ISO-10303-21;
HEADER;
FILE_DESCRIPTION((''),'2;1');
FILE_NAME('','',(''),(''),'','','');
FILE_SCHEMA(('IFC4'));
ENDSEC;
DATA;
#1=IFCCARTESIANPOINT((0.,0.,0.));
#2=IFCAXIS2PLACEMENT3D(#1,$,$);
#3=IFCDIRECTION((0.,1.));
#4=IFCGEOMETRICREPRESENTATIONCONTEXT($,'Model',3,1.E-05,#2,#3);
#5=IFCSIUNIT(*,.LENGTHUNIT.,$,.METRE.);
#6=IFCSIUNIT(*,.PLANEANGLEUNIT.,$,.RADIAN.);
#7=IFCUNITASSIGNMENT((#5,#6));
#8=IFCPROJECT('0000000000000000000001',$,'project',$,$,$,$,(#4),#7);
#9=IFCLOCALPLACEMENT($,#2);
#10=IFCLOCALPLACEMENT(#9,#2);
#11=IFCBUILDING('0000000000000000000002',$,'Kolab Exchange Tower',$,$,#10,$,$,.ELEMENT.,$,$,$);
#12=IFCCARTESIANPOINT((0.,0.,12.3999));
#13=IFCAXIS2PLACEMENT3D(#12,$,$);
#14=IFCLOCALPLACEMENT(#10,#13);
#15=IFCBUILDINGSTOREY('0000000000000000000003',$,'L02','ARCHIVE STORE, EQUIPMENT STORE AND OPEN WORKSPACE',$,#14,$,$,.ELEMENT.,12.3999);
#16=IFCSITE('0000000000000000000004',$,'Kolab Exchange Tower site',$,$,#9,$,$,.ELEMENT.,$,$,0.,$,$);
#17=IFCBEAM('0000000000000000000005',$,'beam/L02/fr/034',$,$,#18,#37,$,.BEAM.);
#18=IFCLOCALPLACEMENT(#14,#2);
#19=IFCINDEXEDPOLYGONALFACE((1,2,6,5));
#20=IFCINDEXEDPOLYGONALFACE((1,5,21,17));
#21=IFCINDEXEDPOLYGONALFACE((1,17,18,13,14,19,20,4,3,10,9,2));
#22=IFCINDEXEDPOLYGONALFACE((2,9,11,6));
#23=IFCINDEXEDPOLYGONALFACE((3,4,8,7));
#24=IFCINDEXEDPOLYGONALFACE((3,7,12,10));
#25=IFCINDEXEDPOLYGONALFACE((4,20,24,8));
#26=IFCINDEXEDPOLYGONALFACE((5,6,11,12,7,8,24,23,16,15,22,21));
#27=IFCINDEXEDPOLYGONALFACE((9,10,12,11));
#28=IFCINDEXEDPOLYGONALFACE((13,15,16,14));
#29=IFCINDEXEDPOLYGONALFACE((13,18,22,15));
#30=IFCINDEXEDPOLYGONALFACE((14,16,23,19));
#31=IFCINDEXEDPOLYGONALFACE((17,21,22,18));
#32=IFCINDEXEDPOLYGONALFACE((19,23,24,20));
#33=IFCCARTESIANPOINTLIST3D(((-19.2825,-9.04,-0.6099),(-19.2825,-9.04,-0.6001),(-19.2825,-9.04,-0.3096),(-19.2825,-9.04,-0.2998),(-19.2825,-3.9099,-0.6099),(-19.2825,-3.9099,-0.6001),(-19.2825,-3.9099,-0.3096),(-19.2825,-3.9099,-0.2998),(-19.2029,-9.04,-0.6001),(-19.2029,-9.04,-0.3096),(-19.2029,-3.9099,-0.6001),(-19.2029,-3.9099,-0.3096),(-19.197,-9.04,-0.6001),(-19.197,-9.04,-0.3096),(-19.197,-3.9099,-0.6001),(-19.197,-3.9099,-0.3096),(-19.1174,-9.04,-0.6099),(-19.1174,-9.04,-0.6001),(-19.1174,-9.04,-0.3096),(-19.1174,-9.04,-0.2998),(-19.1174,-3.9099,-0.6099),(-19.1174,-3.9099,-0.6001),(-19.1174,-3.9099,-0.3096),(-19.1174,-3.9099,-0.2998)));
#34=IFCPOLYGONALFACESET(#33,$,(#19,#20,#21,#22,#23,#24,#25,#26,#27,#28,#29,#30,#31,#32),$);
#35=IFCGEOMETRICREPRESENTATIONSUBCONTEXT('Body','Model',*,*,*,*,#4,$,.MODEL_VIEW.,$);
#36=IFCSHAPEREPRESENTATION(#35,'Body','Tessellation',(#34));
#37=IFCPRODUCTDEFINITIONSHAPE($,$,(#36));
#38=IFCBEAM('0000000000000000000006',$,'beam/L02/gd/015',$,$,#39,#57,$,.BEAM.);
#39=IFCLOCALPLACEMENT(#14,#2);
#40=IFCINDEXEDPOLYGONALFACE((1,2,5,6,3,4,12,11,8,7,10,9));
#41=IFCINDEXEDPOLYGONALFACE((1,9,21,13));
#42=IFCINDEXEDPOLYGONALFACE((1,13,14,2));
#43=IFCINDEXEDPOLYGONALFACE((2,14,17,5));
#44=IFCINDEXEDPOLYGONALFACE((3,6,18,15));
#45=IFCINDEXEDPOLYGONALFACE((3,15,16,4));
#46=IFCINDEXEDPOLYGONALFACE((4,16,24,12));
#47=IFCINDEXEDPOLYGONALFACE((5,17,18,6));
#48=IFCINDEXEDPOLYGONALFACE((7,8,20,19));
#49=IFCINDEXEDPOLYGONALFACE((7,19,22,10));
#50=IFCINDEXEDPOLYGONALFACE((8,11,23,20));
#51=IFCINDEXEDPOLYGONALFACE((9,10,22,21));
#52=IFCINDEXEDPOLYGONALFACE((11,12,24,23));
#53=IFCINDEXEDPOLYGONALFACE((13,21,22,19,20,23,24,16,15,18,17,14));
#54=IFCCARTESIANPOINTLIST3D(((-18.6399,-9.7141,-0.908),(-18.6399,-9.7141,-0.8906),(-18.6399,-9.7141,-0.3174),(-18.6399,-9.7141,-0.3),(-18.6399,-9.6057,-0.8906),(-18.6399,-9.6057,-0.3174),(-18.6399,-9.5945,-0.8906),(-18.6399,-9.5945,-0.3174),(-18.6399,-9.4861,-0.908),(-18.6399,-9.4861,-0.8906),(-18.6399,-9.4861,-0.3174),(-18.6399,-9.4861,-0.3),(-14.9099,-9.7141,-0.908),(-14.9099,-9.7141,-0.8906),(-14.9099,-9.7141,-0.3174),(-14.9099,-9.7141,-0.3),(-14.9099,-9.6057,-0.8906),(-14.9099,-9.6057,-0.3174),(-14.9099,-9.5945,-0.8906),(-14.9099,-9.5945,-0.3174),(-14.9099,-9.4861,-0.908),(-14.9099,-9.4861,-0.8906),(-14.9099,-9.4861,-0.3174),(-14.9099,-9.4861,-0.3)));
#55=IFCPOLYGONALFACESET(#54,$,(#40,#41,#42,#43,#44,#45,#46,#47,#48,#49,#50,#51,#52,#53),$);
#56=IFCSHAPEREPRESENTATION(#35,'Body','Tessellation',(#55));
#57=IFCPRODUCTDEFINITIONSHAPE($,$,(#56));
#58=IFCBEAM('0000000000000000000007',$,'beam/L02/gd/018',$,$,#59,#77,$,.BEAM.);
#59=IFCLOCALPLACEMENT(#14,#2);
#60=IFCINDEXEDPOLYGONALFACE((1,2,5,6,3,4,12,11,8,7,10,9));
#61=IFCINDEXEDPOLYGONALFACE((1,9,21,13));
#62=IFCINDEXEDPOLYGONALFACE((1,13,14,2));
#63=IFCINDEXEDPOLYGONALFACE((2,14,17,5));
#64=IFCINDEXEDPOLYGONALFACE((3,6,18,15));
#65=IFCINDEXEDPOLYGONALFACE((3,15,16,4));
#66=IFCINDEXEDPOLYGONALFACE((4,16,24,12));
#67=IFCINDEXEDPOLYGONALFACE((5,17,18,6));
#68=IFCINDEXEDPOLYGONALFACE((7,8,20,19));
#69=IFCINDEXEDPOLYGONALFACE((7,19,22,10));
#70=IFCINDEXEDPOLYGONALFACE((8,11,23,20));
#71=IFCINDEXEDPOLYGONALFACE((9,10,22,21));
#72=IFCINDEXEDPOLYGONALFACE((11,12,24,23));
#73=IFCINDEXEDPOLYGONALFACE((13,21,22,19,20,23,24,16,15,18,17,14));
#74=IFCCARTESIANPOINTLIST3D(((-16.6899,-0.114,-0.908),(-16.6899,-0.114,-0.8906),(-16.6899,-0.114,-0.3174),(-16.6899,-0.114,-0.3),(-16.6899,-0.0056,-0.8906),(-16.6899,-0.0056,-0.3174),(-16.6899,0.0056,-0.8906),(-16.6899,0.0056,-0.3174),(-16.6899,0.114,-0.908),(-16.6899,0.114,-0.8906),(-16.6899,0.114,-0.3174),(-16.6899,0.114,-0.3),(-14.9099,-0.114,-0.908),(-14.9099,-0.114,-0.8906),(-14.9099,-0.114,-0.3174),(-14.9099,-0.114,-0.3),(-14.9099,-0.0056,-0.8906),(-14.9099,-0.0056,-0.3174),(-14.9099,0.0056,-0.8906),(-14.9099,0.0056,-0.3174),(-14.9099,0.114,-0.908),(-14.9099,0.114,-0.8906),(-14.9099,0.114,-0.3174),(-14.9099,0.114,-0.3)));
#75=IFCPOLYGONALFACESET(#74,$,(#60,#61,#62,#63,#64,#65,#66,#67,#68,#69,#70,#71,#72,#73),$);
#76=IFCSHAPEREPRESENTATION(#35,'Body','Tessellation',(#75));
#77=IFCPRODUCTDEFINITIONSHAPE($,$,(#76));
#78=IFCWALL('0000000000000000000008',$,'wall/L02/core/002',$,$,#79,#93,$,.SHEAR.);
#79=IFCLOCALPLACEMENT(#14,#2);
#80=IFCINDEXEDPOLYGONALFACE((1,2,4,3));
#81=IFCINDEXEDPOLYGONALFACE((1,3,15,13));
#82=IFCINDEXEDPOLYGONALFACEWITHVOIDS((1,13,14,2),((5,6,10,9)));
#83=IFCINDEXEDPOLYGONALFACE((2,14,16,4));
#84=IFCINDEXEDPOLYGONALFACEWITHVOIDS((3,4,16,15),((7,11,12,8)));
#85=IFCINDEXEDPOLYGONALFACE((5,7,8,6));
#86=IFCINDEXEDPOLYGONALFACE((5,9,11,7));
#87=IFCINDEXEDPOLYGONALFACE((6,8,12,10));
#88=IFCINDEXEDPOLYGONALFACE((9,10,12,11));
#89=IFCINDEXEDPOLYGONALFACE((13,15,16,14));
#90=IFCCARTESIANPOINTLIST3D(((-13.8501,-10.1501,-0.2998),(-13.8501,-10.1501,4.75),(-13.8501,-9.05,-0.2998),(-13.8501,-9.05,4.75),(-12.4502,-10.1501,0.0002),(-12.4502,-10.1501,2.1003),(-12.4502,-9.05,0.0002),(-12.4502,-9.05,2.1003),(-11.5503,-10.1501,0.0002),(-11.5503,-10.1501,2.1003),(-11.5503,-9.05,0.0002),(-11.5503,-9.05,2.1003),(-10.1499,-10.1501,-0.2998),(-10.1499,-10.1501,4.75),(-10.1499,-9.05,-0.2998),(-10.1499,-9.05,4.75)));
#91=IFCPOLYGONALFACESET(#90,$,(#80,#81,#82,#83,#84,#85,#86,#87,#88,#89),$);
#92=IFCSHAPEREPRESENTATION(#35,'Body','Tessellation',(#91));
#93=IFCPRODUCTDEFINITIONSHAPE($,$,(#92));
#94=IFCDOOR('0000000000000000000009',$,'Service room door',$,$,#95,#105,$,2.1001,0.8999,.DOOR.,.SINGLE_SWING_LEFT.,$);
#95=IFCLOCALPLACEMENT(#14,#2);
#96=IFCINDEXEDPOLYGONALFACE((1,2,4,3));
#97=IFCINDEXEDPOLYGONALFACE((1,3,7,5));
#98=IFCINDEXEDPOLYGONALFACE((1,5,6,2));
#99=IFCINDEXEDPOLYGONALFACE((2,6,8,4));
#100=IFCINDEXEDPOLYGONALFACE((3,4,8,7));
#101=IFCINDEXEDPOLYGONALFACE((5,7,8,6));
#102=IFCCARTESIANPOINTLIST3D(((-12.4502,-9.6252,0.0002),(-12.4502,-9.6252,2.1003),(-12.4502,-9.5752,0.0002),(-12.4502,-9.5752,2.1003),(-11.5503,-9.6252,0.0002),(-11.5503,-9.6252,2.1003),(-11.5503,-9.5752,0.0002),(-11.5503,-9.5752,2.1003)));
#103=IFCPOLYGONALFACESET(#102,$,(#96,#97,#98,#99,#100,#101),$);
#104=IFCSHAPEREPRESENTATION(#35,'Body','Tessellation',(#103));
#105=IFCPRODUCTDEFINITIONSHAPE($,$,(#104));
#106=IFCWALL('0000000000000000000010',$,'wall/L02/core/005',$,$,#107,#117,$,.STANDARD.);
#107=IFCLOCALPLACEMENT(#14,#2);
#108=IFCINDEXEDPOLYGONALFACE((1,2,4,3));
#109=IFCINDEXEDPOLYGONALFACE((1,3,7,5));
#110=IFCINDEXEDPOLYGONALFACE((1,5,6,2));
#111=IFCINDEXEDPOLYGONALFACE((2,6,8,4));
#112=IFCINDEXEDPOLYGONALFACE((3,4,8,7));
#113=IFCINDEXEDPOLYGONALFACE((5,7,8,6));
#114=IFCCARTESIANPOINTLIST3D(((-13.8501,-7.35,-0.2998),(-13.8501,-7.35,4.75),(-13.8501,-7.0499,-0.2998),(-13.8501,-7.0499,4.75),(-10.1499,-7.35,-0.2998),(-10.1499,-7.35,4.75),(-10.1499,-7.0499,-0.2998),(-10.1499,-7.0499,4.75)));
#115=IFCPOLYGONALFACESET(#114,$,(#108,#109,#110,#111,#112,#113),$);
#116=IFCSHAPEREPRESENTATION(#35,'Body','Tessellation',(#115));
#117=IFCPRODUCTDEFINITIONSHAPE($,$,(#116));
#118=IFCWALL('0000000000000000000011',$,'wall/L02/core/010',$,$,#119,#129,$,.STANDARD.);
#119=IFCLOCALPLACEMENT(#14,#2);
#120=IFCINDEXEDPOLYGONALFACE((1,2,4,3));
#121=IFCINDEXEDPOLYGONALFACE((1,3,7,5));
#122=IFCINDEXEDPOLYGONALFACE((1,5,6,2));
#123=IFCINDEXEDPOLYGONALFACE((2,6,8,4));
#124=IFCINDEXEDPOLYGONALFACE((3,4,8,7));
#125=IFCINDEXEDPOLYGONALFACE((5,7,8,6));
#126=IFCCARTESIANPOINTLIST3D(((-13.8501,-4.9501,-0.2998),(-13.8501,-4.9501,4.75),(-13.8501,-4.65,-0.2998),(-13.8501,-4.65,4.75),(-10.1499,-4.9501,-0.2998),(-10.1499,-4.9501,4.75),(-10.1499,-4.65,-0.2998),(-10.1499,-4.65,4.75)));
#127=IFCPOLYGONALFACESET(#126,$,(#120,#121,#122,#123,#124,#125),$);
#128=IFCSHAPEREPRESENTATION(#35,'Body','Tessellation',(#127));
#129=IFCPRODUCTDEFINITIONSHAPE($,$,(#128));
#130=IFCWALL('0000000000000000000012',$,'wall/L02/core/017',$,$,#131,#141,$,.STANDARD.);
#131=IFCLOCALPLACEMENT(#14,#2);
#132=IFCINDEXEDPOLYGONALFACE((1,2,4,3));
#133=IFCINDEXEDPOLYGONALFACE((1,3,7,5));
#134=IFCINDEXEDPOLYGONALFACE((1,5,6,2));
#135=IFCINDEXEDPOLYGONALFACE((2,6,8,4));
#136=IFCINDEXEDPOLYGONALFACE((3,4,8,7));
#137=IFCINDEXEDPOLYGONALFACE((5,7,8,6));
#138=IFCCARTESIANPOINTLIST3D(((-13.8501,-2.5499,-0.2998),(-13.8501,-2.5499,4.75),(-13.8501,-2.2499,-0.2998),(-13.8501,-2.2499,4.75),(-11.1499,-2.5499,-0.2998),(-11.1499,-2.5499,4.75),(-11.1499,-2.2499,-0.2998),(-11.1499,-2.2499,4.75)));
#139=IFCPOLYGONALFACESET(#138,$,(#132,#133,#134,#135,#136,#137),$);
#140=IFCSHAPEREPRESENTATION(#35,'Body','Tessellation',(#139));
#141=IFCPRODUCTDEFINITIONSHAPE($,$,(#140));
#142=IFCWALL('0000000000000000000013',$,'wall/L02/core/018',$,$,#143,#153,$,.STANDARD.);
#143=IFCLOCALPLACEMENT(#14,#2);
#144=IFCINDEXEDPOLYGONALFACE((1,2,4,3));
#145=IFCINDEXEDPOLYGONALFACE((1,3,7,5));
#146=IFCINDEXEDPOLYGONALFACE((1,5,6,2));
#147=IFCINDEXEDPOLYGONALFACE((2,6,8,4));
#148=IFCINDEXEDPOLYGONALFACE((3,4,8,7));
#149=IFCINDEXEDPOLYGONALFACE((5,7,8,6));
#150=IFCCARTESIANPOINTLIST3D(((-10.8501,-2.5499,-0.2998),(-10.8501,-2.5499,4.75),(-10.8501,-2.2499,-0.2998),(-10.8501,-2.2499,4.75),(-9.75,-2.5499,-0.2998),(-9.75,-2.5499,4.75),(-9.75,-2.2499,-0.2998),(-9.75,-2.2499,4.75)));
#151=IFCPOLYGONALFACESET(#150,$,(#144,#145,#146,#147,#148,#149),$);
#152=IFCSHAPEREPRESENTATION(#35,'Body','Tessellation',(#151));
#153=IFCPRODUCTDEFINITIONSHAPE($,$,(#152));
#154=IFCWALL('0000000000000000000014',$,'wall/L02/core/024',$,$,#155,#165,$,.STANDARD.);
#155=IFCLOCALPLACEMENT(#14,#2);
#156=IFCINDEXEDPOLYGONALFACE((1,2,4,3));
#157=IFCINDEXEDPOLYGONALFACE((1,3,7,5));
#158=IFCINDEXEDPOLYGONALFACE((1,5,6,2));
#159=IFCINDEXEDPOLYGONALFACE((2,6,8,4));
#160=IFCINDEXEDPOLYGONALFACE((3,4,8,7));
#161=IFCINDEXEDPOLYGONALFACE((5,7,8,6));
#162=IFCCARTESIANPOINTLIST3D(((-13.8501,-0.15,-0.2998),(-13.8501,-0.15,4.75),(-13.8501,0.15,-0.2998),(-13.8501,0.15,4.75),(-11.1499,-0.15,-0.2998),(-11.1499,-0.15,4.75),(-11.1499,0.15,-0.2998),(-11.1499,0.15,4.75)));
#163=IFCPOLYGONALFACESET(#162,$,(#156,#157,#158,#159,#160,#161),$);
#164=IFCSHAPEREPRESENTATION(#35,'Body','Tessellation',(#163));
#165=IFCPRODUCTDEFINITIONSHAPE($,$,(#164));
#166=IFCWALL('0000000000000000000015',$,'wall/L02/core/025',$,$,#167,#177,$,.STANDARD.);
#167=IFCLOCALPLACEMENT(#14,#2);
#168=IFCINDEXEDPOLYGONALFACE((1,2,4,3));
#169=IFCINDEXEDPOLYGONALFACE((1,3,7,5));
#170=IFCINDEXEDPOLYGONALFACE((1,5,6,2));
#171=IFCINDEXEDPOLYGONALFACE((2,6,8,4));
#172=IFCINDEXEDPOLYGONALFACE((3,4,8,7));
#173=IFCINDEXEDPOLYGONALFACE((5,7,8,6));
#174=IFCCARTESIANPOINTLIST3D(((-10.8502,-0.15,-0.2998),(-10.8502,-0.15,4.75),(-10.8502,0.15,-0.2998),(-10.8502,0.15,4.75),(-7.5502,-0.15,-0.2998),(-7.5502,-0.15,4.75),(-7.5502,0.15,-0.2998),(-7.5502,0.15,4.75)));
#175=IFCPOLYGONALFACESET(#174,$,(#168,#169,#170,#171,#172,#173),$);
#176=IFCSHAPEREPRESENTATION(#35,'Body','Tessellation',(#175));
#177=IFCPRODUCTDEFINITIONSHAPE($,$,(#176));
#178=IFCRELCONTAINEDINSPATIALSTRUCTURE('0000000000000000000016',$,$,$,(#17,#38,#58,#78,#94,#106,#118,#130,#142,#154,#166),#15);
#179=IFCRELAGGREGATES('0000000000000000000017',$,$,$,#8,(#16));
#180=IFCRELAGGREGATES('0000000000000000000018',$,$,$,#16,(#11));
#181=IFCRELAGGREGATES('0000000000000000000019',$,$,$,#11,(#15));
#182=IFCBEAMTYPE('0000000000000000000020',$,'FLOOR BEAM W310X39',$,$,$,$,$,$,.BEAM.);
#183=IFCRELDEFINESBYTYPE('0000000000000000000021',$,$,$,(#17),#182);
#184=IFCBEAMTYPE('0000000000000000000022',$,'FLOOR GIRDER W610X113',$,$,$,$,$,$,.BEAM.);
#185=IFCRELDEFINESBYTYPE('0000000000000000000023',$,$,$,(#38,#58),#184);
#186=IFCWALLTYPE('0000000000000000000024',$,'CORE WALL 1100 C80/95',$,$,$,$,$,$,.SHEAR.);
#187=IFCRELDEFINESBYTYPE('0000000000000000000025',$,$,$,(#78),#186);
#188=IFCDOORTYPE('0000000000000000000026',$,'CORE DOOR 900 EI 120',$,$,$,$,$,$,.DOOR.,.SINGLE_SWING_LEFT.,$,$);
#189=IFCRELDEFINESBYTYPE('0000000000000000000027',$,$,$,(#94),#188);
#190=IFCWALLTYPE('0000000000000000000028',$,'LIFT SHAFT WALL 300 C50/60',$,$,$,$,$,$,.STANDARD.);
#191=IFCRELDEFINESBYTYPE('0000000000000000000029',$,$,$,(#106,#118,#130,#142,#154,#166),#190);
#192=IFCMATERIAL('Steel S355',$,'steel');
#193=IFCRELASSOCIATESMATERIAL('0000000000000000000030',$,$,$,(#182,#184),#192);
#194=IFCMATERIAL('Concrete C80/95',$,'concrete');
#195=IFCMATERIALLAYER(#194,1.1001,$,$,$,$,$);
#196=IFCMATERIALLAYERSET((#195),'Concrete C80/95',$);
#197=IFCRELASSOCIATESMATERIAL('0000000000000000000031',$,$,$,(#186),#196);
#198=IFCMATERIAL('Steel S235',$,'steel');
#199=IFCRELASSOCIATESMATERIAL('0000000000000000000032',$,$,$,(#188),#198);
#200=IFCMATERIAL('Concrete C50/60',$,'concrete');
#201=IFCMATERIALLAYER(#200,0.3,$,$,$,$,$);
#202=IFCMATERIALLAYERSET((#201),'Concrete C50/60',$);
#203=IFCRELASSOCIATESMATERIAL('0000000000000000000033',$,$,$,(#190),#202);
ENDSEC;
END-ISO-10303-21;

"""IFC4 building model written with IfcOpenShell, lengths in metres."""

from ifc_helpers import new_model, si_unit, direction, frame, frame_2d, origin, origin_2d, place, context, subcontext, project, spatial, rectangle, i_section, extrude, material, layer, layer_set, material_profile, profile_set, type_object, element, fill, save


model = new_model("IFC4")

# Units and contexts
model_context = context("Model", 3, precision=1e-05, world=origin(), true_north=direction((0.0, 1.0)))
body_context = subcontext(model_context, "Body", "Model", "MODEL_VIEW")
ifc_project = project(units=[si_unit("LENGTHUNIT", "METRE"), si_unit("PLANEANGLEUNIT", "RADIAN")], contexts=[model_context])

# Site, building, storey
site_placement = place(None, origin())
site = spatial("IfcSite", under=ifc_project, at=site_placement, Name="Kolab Exchange Tower site", CompositionType="ELEMENT", RefElevation=0.0)
building_placement = place(site_placement, origin())
building = spatial("IfcBuilding", under=site, at=building_placement, Name="Kolab Exchange Tower", CompositionType="ELEMENT")
storey_placement = place(building_placement, frame((0.0, 0.0, 12.3999)))
storey = spatial("IfcBuildingStorey", under=building, at=storey_placement, Name="L02", Description="ARCHIVE STORE, EQUIPMENT STORE AND OPEN WORKSPACE", CompositionType="ELEMENT", Elevation=12.3999)

# Beams
ifc_material_1 = material(Name="Steel S355", Category="steel")
ifc_material_profile_1 = material_profile(ifc_material_1, i_section(OverallWidth=0.165, OverallDepth=0.3101, WebThickness=0.0059, FlangeThickness=0.0098, at=origin_2d()), Name="W310X39")
ifc_profile_set_1 = profile_set([ifc_material_profile_1], Name="Steel S355")
beam_type_1 = type_object("IfcBeamType", Name="FLOOR BEAM W310X39", PredefinedType="BEAM", material=ifc_profile_set_1)
beam_1_placement = place(storey_placement, frame((-19.2, -9.04, -0.4548), z_axis=(0.0, 1.0, 0.0), x_axis=(-1.0, 0.0, 0.0)))
element("IfcBeam", 1, at=beam_1_placement, inside=storey, type_object=beam_type_1, Name="beam/L02/fr/034", PredefinedType="BEAM", context=body_context, shape_type="SweptSolid", body=[
    extrude(i_section(OverallWidth=0.165, OverallDepth=0.3101, WebThickness=0.0059, FlangeThickness=0.0098, at=origin_2d()), origin(), (0.0, 0.0, 1.0), 5.1301),
])
ifc_material_profile_2 = material_profile(ifc_material_1, i_section(OverallWidth=0.228, OverallDepth=0.6079, WebThickness=0.0112, FlangeThickness=0.0173, at=origin_2d()), Name="W610X113")
ifc_profile_set_2 = profile_set([ifc_material_profile_2], Name="Steel S355")
beam_type_2 = type_object("IfcBeamType", Name="FLOOR GIRDER W610X113", PredefinedType="BEAM", material=ifc_profile_set_2)
beam_2_placement = place(storey_placement, frame((-18.6399, -9.6001, -0.604), z_axis=(1.0, 0.0, 0.0), x_axis=(0.0, 1.0, 0.0)))
element("IfcBeam", 2, at=beam_2_placement, inside=storey, type_object=beam_type_2, Name="beam/L02/gd/015", PredefinedType="BEAM", context=body_context, shape_type="SweptSolid", body=[
    extrude(i_section(OverallWidth=0.228, OverallDepth=0.6079, WebThickness=0.0112, FlangeThickness=0.0173, at=origin_2d()), origin(), (0.0, 0.0, 1.0), 3.73),
])
beam_3_placement = place(storey_placement, frame((-16.6899, 0.0, -0.604), z_axis=(1.0, 0.0, 0.0), x_axis=(0.0, 1.0, 0.0)))
element("IfcBeam", 3, at=beam_3_placement, inside=storey, type_object=beam_type_2, Name="beam/L02/gd/018", PredefinedType="BEAM", context=body_context, shape_type="SweptSolid", body=[
    extrude(i_section(OverallWidth=0.228, OverallDepth=0.6079, WebThickness=0.0112, FlangeThickness=0.0173, at=origin_2d()), origin(), (0.0, 0.0, 1.0), 1.78),
])

# Wall, opening, door
ifc_material_2 = material(Name="Concrete C80/95", Category="concrete")
ifc_layer_1 = layer(ifc_material_2, 1.1001)
ifc_layer_set_1 = layer_set([ifc_layer_1], Name="Concrete C80/95")
wall_type_1 = type_object("IfcWallType", Name="CORE WALL 1100 C80/95", PredefinedType="SHEAR", material=ifc_layer_set_1)
wall_1_placement = place(storey_placement, frame((-13.8501, -9.6001, -0.2998), z_axis=(0.0, 0.0, 1.0), x_axis=(1.0, 0.0, 0.0)))
wall_1 = element("IfcWall", 4, at=wall_1_placement, inside=storey, type_object=wall_type_1, Name="wall/L02/core/002", PredefinedType="SHEAR", context=body_context, shape_type="SweptSolid", body=[
    extrude(rectangle(XDim=3.7002, YDim=1.1001, at=frame_2d((1.8501, 0.0))), origin(), (0.0, 0.0, 1.0), 5.0498),
])
opening_1_placement = place(wall_1_placement, frame((1.3999, 0.0, 0.3)))
opening_1 = element("IfcOpeningElement", 5, at=opening_1_placement, cuts=wall_1, PredefinedType="OPENING", context=body_context, shape_type="SweptSolid", body=[
    extrude(rectangle(XDim=0.8999, YDim=2.1001, at=frame_2d((0.45, 1.05))), frame((0.0, 0.5601, 0.0), z_axis=(0.0, -1.0, 0.0), x_axis=(1.0, 0.0, 0.0)), (0.0, 0.0, 1.0), 1.1201),
])
ifc_material_3 = material(Name="Steel S235", Category="steel")
door_type_1 = type_object("IfcDoorType", Name="CORE DOOR 900 EI 120", OperationType="SINGLE_SWING_LEFT", PredefinedType="DOOR", material=ifc_material_3)
door_1_placement = place(opening_1_placement, origin())
door_1 = element("IfcDoor", 6, at=door_1_placement, inside=storey, type_object=door_type_1, Name="Service room door", OperationType="SINGLE_SWING_LEFT", OverallHeight=2.1001, OverallWidth=0.8999, PredefinedType="DOOR", context=body_context, shape_type="SweptSolid", body=[
    extrude(rectangle(XDim=0.8999, YDim=2.1001, at=frame_2d((0.45, 1.05))), frame((0.0, 0.0249, 0.0), z_axis=(0.0, -1.0, 0.0), x_axis=(1.0, 0.0, 0.0)), (0.0, 0.0, 1.0), 0.05),
])
fill(opening_1, door_1)

# Walls
ifc_material_4 = material(Name="Concrete C50/60", Category="concrete")
ifc_layer_2 = layer(ifc_material_4, 0.3)
ifc_layer_set_2 = layer_set([ifc_layer_2], Name="Concrete C50/60")
wall_type_2 = type_object("IfcWallType", Name="LIFT SHAFT WALL 300 C50/60", PredefinedType="STANDARD", material=ifc_layer_set_2)
for number, where, z_axis, x_axis, name in (
    (7, (-13.8501, -7.2, -0.2998), (0.0, 0.0, 1.0), (1.0, 0.0, 0.0), "wall/L02/core/005"),
    (8, (-13.8501, -4.8, -0.2998), (0.0, 0.0, 1.0), (1.0, 0.0, 0.0), "wall/L02/core/010"),
):
    element("IfcWall", number, at=place(storey_placement, frame(where, z_axis=z_axis, x_axis=x_axis)), inside=storey, type_object=wall_type_2, Name=name, PredefinedType="STANDARD", context=body_context, shape_type="SweptSolid", body=[
        extrude(rectangle(XDim=3.7002, YDim=0.3, at=frame_2d((1.8501, 0.0))), origin(), (0.0, 0.0, 1.0), 5.0498),
    ])
wall_2_placement = place(storey_placement, frame((-13.8501, -2.3999, -0.2998), z_axis=(0.0, 0.0, 1.0), x_axis=(1.0, 0.0, 0.0)))
element("IfcWall", 9, at=wall_2_placement, inside=storey, type_object=wall_type_2, Name="wall/L02/core/017", PredefinedType="STANDARD", context=body_context, shape_type="SweptSolid", body=[
    extrude(rectangle(XDim=2.7002, YDim=0.3, at=frame_2d((1.3501, 0.0))), origin(), (0.0, 0.0, 1.0), 5.0498),
])
wall_3_placement = place(storey_placement, frame((-10.8501, -2.3999, -0.2998), z_axis=(0.0, 0.0, 1.0), x_axis=(1.0, 0.0, 0.0)))
element("IfcWall", 10, at=wall_3_placement, inside=storey, type_object=wall_type_2, Name="wall/L02/core/018", PredefinedType="STANDARD", context=body_context, shape_type="SweptSolid", body=[
    extrude(rectangle(XDim=1.1001, YDim=0.3, at=frame_2d((0.55, 0.0))), origin(), (0.0, 0.0, 1.0), 5.0498),
])
wall_4_placement = place(storey_placement, frame((-13.8501, 0.0, -0.2998), z_axis=(0.0, 0.0, 1.0), x_axis=(1.0, 0.0, 0.0)))
element("IfcWall", 11, at=wall_4_placement, inside=storey, type_object=wall_type_2, Name="wall/L02/core/024", PredefinedType="STANDARD", context=body_context, shape_type="SweptSolid", body=[
    extrude(rectangle(XDim=2.7002, YDim=0.3, at=frame_2d((1.3501, 0.0))), origin(), (0.0, 0.0, 1.0), 5.0498),
])
wall_5_placement = place(storey_placement, frame((-10.8501, 0.0, -0.2998), z_axis=(0.0, 0.0, 1.0), x_axis=(1.0, 0.0, 0.0)))
element("IfcWall", 12, at=wall_5_placement, inside=storey, type_object=wall_type_2, Name="wall/L02/core/025", PredefinedType="STANDARD", context=body_context, shape_type="SweptSolid", body=[
    extrude(rectangle(XDim=3.3, YDim=0.3, at=frame_2d((1.6499, 0.0))), origin(), (0.0, 0.0, 1.0), 5.0498),
])

save(model, "model.ifc")
